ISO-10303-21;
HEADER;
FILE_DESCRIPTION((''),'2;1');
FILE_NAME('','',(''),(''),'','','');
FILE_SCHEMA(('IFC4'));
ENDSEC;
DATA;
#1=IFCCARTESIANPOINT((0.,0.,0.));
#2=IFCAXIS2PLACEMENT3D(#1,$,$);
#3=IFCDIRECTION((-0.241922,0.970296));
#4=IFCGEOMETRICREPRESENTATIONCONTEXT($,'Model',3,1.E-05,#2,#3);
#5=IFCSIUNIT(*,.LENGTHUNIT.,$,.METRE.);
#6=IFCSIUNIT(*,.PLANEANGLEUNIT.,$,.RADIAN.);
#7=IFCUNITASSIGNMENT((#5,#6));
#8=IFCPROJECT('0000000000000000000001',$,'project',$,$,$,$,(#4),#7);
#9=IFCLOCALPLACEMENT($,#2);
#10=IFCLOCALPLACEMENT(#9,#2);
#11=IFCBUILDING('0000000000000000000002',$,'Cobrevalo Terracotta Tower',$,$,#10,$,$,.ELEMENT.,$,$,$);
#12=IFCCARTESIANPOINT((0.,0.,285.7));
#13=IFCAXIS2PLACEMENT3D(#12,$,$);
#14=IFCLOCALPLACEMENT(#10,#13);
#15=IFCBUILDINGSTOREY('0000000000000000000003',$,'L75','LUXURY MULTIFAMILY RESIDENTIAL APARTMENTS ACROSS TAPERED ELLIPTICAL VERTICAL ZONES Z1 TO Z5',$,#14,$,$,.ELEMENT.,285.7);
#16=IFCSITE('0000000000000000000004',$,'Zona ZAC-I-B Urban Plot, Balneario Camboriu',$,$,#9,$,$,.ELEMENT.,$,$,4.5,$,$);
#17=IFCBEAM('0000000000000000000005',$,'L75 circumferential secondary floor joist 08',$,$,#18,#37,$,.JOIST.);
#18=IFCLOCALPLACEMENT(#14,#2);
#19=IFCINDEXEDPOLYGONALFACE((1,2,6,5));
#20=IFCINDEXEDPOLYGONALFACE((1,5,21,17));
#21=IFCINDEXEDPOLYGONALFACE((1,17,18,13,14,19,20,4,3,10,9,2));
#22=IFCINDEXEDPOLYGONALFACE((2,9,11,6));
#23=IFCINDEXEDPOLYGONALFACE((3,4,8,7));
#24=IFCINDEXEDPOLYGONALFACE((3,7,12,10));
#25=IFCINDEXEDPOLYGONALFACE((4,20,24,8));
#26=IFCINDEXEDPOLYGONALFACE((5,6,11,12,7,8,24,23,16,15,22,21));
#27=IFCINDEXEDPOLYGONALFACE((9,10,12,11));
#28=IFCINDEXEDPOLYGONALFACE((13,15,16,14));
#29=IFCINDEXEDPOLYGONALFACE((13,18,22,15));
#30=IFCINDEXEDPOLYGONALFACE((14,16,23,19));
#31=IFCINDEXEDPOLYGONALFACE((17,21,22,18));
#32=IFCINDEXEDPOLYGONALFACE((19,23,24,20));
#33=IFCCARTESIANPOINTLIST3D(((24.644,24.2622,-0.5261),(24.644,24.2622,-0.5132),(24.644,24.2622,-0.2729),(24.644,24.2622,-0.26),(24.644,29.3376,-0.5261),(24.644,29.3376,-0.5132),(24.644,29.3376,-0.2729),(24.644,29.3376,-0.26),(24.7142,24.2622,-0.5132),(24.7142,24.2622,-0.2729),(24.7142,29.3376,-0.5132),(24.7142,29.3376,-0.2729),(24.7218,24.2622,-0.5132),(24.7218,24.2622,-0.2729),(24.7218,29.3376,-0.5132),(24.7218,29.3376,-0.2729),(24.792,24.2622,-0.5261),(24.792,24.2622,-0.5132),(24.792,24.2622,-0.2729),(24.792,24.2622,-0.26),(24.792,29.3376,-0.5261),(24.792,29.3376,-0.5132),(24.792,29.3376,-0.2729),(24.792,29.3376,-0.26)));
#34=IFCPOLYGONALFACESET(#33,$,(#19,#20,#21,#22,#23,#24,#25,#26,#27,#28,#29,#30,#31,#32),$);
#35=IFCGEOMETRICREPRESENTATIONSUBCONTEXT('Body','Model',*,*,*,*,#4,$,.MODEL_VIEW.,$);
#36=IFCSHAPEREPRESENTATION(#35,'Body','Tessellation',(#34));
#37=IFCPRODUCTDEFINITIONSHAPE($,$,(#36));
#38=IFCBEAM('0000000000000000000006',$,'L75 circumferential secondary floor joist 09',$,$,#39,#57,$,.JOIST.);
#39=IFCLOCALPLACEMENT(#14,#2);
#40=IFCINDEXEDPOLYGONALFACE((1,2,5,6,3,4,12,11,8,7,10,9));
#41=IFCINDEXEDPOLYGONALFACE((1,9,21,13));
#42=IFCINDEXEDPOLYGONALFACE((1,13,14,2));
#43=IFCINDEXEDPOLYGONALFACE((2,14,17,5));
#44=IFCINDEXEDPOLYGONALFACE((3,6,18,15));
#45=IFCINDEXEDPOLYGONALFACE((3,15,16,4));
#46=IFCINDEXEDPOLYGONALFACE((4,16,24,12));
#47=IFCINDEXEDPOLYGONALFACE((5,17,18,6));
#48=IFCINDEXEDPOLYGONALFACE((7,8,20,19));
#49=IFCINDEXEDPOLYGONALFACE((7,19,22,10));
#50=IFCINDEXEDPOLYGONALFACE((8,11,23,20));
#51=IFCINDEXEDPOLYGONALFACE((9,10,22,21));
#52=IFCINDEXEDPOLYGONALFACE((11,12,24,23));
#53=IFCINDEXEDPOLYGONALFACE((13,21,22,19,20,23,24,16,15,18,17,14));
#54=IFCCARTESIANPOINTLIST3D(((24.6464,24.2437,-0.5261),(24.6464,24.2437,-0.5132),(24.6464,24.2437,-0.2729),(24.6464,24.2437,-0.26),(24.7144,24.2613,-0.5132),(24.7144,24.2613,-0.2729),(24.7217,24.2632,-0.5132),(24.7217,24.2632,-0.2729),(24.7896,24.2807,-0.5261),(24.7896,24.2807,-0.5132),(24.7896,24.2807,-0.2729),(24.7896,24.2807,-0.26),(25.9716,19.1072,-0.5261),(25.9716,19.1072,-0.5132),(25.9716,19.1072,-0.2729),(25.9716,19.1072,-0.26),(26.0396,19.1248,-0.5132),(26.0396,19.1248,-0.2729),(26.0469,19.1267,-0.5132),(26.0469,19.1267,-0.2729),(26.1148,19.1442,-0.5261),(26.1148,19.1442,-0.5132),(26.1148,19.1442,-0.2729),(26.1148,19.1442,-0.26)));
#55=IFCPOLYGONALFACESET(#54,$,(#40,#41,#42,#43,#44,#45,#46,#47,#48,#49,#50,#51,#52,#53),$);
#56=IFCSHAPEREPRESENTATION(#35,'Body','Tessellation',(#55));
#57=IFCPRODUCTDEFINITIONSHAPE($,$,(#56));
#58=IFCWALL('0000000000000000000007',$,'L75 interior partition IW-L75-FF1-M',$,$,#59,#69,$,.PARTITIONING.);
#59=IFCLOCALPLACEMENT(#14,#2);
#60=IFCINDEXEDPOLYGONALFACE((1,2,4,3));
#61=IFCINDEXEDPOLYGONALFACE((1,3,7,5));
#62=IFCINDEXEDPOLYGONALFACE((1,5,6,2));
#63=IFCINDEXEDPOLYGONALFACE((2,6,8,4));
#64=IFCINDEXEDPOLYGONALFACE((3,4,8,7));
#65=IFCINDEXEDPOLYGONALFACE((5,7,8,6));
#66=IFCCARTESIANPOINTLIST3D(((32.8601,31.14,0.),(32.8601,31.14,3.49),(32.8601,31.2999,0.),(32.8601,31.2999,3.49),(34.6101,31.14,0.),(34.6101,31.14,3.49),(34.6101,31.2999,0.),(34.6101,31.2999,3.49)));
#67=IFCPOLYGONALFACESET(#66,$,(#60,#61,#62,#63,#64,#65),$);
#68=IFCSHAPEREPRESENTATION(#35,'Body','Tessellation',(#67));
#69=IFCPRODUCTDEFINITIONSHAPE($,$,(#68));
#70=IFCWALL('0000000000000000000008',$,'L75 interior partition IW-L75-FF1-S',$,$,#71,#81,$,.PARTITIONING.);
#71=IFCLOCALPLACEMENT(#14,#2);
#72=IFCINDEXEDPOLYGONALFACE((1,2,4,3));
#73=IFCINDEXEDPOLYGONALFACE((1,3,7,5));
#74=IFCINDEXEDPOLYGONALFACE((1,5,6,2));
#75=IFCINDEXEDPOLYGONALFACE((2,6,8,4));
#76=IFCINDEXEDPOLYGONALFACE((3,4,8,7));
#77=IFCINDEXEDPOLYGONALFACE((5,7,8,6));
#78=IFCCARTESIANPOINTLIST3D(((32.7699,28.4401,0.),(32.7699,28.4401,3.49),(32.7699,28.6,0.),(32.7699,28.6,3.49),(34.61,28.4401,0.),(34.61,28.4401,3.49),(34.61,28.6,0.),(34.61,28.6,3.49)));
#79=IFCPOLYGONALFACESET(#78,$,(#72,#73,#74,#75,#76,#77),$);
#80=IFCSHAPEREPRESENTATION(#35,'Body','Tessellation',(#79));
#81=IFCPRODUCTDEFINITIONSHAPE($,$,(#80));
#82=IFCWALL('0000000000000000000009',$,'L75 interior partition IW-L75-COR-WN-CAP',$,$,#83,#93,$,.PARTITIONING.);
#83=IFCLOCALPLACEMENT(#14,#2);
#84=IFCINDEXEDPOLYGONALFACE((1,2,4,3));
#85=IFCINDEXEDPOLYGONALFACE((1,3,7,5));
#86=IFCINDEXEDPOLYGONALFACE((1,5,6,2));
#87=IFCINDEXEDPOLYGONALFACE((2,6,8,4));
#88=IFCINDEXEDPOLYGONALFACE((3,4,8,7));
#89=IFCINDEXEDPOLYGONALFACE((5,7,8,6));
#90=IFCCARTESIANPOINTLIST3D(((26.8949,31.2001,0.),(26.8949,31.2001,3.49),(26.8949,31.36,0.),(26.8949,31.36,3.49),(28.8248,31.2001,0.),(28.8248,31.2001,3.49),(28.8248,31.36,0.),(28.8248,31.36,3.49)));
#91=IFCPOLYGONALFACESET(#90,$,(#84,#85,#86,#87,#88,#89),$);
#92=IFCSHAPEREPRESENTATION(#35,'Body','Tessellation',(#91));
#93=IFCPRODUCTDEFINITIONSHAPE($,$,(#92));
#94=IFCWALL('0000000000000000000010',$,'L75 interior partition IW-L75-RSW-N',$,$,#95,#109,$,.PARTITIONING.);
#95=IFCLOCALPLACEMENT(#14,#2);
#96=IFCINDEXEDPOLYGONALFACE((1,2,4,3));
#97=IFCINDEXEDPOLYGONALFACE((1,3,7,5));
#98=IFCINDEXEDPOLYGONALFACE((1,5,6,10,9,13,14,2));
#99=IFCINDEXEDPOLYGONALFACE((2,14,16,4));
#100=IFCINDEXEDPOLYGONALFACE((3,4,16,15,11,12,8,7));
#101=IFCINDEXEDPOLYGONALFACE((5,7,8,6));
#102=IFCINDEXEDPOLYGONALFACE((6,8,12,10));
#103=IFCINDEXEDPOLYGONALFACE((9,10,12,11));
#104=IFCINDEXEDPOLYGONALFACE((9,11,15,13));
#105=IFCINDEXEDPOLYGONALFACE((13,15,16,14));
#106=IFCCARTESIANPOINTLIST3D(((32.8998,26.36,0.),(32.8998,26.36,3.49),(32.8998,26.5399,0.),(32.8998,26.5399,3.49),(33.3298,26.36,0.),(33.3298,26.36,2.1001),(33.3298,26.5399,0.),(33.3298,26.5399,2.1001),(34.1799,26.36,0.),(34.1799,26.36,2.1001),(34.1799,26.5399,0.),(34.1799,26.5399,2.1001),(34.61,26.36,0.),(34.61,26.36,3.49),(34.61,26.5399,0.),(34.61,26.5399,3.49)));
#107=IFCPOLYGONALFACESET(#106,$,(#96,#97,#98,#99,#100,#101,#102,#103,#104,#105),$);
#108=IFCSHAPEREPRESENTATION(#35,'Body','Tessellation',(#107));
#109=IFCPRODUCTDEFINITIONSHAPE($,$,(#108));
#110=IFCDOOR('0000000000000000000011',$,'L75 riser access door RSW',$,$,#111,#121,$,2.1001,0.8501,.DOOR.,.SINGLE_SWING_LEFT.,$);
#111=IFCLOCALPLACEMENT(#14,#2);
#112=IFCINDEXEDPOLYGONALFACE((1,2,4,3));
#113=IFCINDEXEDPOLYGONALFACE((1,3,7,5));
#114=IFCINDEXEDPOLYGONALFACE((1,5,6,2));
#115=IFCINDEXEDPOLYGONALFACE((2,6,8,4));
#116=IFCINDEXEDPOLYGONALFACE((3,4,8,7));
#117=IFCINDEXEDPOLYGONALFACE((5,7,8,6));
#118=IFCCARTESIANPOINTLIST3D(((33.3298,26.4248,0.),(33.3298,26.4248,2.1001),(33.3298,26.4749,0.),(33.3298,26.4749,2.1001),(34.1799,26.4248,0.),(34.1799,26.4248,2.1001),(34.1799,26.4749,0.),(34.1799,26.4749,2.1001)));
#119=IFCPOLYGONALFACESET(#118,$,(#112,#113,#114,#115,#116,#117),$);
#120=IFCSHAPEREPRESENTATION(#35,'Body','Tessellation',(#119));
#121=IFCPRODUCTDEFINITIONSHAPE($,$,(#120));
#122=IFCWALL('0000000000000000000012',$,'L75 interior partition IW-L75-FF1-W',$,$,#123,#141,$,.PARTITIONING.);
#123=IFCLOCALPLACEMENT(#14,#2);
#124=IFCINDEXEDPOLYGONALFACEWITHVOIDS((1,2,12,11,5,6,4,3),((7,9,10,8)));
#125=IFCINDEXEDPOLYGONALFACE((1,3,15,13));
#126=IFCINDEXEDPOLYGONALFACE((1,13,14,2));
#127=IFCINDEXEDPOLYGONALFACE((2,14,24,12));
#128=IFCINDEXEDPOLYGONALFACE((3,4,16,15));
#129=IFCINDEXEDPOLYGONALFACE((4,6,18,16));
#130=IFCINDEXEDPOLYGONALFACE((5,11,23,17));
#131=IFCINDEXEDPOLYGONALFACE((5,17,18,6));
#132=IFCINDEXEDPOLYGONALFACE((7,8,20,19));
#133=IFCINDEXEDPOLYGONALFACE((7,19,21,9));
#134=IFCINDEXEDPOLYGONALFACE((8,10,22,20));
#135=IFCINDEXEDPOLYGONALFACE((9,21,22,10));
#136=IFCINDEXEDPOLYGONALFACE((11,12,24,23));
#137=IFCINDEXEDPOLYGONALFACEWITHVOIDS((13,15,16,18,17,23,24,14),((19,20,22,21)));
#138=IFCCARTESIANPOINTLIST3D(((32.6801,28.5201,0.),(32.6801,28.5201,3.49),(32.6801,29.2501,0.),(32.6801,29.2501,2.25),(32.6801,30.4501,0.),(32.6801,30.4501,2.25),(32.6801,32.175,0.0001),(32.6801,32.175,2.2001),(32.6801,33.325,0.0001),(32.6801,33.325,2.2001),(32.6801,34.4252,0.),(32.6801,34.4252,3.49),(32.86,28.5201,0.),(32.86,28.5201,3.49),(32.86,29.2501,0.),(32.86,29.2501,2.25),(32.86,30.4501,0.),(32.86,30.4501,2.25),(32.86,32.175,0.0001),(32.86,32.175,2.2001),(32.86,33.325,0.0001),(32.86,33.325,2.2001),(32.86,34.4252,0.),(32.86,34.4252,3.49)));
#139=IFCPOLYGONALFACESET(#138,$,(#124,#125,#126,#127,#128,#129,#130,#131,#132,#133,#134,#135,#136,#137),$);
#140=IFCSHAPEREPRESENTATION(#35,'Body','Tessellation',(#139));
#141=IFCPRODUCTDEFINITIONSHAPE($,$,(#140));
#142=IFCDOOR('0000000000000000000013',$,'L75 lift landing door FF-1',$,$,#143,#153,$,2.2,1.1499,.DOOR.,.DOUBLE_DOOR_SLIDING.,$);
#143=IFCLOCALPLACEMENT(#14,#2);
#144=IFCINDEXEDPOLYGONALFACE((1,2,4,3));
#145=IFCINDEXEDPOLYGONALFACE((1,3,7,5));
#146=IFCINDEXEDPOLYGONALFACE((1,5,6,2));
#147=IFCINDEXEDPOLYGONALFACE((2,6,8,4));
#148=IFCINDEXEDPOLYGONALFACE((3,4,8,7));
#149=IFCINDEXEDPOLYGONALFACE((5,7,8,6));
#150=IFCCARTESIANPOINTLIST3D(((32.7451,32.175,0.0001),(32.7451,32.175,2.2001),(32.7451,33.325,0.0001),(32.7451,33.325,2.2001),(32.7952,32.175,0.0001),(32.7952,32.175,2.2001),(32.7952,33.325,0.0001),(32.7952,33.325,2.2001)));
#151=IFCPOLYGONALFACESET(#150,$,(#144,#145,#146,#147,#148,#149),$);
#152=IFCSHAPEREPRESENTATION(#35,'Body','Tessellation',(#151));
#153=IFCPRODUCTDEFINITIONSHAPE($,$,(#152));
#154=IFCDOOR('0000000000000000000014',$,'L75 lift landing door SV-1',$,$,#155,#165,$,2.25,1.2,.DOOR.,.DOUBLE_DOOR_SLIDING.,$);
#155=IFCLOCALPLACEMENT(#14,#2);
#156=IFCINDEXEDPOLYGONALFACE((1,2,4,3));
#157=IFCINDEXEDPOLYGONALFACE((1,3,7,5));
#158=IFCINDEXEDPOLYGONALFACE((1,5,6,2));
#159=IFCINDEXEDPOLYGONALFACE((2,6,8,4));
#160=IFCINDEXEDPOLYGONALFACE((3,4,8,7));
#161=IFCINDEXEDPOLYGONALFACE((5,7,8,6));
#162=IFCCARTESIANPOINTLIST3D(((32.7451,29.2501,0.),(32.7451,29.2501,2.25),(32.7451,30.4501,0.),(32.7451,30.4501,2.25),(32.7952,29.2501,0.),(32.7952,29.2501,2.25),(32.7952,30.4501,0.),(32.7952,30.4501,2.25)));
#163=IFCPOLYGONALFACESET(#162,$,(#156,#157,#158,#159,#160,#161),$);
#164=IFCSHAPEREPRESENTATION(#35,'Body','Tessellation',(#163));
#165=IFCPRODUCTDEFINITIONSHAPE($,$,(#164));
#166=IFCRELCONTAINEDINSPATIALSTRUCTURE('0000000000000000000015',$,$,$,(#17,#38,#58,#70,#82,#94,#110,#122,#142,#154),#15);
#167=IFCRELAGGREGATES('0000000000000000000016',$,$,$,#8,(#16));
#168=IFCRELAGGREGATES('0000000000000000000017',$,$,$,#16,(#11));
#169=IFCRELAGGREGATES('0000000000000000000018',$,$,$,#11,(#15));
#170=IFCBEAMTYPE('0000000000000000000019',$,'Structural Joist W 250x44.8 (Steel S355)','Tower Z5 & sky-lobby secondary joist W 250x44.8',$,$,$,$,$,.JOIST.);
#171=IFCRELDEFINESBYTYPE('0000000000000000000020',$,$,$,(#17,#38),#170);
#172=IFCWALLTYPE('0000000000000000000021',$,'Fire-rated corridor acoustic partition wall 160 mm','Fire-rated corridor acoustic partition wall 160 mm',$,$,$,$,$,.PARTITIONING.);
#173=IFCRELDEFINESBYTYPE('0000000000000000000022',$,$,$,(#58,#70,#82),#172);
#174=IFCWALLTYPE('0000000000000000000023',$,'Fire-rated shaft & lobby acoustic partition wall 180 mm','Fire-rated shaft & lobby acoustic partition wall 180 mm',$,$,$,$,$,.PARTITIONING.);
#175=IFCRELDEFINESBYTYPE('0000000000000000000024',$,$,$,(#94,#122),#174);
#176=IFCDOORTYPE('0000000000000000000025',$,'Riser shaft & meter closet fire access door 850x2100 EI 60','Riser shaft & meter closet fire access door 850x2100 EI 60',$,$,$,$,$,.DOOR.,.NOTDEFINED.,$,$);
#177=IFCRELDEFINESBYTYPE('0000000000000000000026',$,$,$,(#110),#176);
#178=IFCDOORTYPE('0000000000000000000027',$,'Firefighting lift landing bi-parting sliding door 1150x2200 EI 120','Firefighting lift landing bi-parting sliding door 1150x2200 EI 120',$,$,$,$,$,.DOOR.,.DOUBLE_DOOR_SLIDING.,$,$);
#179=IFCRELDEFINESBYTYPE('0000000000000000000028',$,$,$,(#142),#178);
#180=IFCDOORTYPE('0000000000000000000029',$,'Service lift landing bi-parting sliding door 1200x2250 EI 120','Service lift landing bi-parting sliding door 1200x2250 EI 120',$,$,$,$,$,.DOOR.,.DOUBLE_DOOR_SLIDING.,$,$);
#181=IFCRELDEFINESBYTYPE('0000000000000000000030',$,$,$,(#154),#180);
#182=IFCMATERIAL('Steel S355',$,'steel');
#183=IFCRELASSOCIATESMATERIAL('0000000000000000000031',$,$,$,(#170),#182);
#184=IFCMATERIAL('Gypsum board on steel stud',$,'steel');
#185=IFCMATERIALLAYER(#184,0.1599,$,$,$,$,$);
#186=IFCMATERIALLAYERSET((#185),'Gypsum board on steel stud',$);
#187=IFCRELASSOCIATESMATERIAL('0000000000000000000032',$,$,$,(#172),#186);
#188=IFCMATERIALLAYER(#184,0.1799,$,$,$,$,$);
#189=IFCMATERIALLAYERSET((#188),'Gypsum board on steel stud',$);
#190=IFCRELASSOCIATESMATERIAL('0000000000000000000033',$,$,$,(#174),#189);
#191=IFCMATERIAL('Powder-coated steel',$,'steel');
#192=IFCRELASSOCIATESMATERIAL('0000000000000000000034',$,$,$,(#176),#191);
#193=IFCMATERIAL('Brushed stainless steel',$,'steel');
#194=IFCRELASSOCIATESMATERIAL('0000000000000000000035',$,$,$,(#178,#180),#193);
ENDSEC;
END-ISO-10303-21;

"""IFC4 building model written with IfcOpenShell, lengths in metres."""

from ifc_helpers import new_model, si_unit, direction, frame, frame_2d, origin, origin_2d, place, context, subcontext, project, spatial, rectangle, i_section, extrude, source, transform, mapped, material, layer, layer_set, material_profile, profile_set, type_object, element, fill, save


model = new_model("IFC4")

# Units and contexts
model_context = context("Model", 3, precision=1e-05, world=origin(), true_north=direction((-0.241922, 0.970296)))
body_context = subcontext(model_context, "Body", "Model", "MODEL_VIEW")
ifc_project = project(units=[si_unit("LENGTHUNIT", "METRE"), si_unit("PLANEANGLEUNIT", "RADIAN")], contexts=[model_context])

# Site, building, storey
site_placement = place(None, origin())
site = spatial("IfcSite", under=ifc_project, at=site_placement, Name="Zona ZAC-I-B Urban Plot, Balneario Camboriu", CompositionType="ELEMENT", RefElevation=4.5)
building_placement = place(site_placement, origin())
building = spatial("IfcBuilding", under=site, at=building_placement, Name="Cobrevalo Terracotta Tower", CompositionType="ELEMENT")
storey_placement = place(building_placement, frame((0.0, 0.0, 285.7)))
storey = spatial("IfcBuildingStorey", under=building, at=storey_placement, Name="L75", Description="LUXURY MULTIFAMILY RESIDENTIAL APARTMENTS ACROSS TAPERED ELLIPTICAL VERTICAL ZONES Z1 TO Z5", CompositionType="ELEMENT", Elevation=285.7)

# Beams
ifc_material_1 = material(Name="Steel S355", Category="steel")
ifc_material_profile = material_profile(ifc_material_1, i_section(OverallWidth=0.1479, OverallDepth=0.2661, WebThickness=0.0076, FlangeThickness=0.0129, at=origin_2d()), Name="W 250x44.8")
ifc_profile_set = profile_set([ifc_material_profile], Name="Steel S355")
beam_type = type_object("IfcBeamType", Name="Structural Joist W 250x44.8 (Steel S355)", Description="Tower Z5 & sky-lobby secondary joist W 250x44.8", PredefinedType="JOIST", material=ifc_profile_set)
beam_1_placement = place(storey_placement, frame((24.718, 29.3376, -0.3931), z_axis=(0.0, -1.0, 0.0), x_axis=(1.0, 0.0, 0.0)))
element("IfcBeam", 1, at=beam_1_placement, inside=storey, type_object=beam_type, Name="L75 circumferential secondary floor joist 08", PredefinedType="JOIST", context=body_context, shape_type="SweptSolid", body=[
    extrude(i_section(OverallWidth=0.1479, OverallDepth=0.2661, WebThickness=0.0076, FlangeThickness=0.0129, at=origin_2d()), origin(), (0.0, 0.0, 1.0), 5.0754),
])
beam_2_placement = place(storey_placement, frame((24.718, 24.2622, -0.3931), z_axis=(0.249817, -0.968293, 0.0), x_axis=(0.968293, 0.249817, 0.0)))
element("IfcBeam", 2, at=beam_2_placement, inside=storey, type_object=beam_type, Name="L75 circumferential secondary floor joist 09", PredefinedType="JOIST", context=body_context, shape_type="SweptSolid", body=[
    extrude(i_section(OverallWidth=0.1479, OverallDepth=0.2661, WebThickness=0.0076, FlangeThickness=0.0129, at=origin_2d()), origin(), (0.0, 0.0, 1.0), 5.3047),
])

# Walls
ifc_material_2 = material(Name="Gypsum board on steel stud", Category="steel")
ifc_layer_1 = layer(ifc_material_2, 0.1599)
ifc_layer_set_1 = layer_set([ifc_layer_1], Name="Gypsum board on steel stud")
wall_type_1 = type_object("IfcWallType", Name="Fire-rated corridor acoustic partition wall 160 mm", Description="Fire-rated corridor acoustic partition wall 160 mm", PredefinedType="PARTITIONING", material=ifc_layer_set_1)
wall_1_placement = place(storey_placement, frame((32.8601, 31.22, 0.0), z_axis=(0.0, 0.0, 1.0), x_axis=(1.0, 0.0, 0.0)))
element("IfcWall", 3, at=wall_1_placement, inside=storey, type_object=wall_type_1, Name="L75 interior partition IW-L75-FF1-M", PredefinedType="PARTITIONING", context=body_context, shape_type="SweptSolid", body=[
    extrude(rectangle(XDim=1.75, YDim=0.1599, at=frame_2d((0.875, 0.0))), origin(), (0.0, 0.0, 1.0), 3.49),
])
wall_2_placement = place(storey_placement, frame((32.77, 28.52, 0.0), z_axis=(0.0, 0.0, 1.0), x_axis=(1.0, 0.0, 0.0)))
element("IfcWall", 4, at=wall_2_placement, inside=storey, type_object=wall_type_1, Name="L75 interior partition IW-L75-FF1-S", PredefinedType="PARTITIONING", context=body_context, shape_type="SweptSolid", body=[
    extrude(rectangle(XDim=1.8401, YDim=0.1599, at=frame_2d((0.9199, 0.0))), origin(), (0.0, 0.0, 1.0), 3.49),
])
wall_3_placement = place(storey_placement, frame((26.895, 31.28, 0.0), z_axis=(0.0, 0.0, 1.0), x_axis=(1.0, 0.0, 0.0)))
element("IfcWall", 5, at=wall_3_placement, inside=storey, type_object=wall_type_1, Name="L75 interior partition IW-L75-COR-WN-CAP", PredefinedType="PARTITIONING", context=body_context, shape_type="SweptSolid", body=[
    extrude(rectangle(XDim=1.9299, YDim=0.1599, at=frame_2d((0.9648, 0.0))), origin(), (0.0, 0.0, 1.0), 3.49),
])

# Wall, opening, door
ifc_layer_2 = layer(ifc_material_2, 0.1799)
ifc_layer_set_2 = layer_set([ifc_layer_2], Name="Gypsum board on steel stud")
wall_type_2 = type_object("IfcWallType", Name="Fire-rated shaft & lobby acoustic partition wall 180 mm", Description="Fire-rated shaft & lobby acoustic partition wall 180 mm", PredefinedType="PARTITIONING", material=ifc_layer_set_2)
wall_4_placement = place(storey_placement, frame((32.8999, 26.45, 0.0), z_axis=(0.0, 0.0, 1.0), x_axis=(1.0, 0.0, 0.0)))
wall_4 = element("IfcWall", 6, at=wall_4_placement, inside=storey, type_object=wall_type_2, Name="L75 interior partition IW-L75-RSW-N", PredefinedType="PARTITIONING", context=body_context, shape_type="SweptSolid", body=[
    extrude(rectangle(XDim=1.7102, YDim=0.1799, at=frame_2d((0.855, 0.0))), origin(), (0.0, 0.0, 1.0), 3.49),
])
opening_1_placement = place(wall_4_placement, frame((0.4299, 0.0, 0.0)))
opening_1 = element("IfcOpeningElement", 7, at=opening_1_placement, cuts=wall_4, PredefinedType="OPENING", context=body_context, shape_type="SweptSolid", body=[
    extrude(rectangle(XDim=0.8501, YDim=2.1001, at=frame_2d((0.425, 1.05))), frame((0.0, 0.1001, 0.0), z_axis=(0.0, -1.0, 0.0), x_axis=(1.0, 0.0, 0.0)), (0.0, 0.0, 1.0), 0.2),
])
ifc_material_3 = material(Name="Powder-coated steel", Category="steel")
door_type_1 = type_object("IfcDoorType", Name="Riser shaft & meter closet fire access door 850x2100 EI 60", Description="Riser shaft & meter closet fire access door 850x2100 EI 60", OperationType="NOTDEFINED", PredefinedType="DOOR", material=ifc_material_3)
shared_shape_1 = source(origin(), body_context, "Body", "SweptSolid", [
    extrude(rectangle(XDim=0.8501, YDim=2.1001, at=frame_2d((0.425, 1.05))), frame((0.0, 0.0249, 0.0), z_axis=(0.0, -1.0, 0.0), x_axis=(1.0, 0.0, 0.0)), (0.0, 0.0, 1.0), 0.05),
])
door_1_placement = place(opening_1_placement, origin())
door_1 = element("IfcDoor", 8, at=door_1_placement, inside=storey, type_object=door_type_1, Name="L75 riser access door RSW", OperationType="SINGLE_SWING_LEFT", OverallHeight=2.1001, OverallWidth=0.8501, PredefinedType="DOOR", context=body_context, shape_type="MappedRepresentation", body=[
    mapped(shared_shape_1, transform((0.0, 0.0, 0.0), scale=1.0)),
])
fill(opening_1, door_1)

# Wall, openings, doors
wall_5_placement = place(storey_placement, frame((32.77, 28.52, 0.0), z_axis=(0.0, 0.0, 1.0), x_axis=(0.0, 1.0, 0.0)))
wall_5 = element("IfcWall", 9, at=wall_5_placement, inside=storey, type_object=wall_type_2, Name="L75 interior partition IW-L75-FF1-W", PredefinedType="PARTITIONING", context=body_context, shape_type="SweptSolid", body=[
    extrude(rectangle(XDim=5.905, YDim=0.1799, at=frame_2d((2.9526, 0.0))), origin(), (0.0, 0.0, 1.0), 3.49),
])
opening_2_placement = place(wall_5_placement, frame((3.655, 0.0, 0.0)))
opening_2 = element("IfcOpeningElement", 10, at=opening_2_placement, cuts=wall_5, PredefinedType="OPENING", context=body_context, shape_type="SweptSolid", body=[
    extrude(rectangle(XDim=1.1499, YDim=2.2, at=frame_2d((0.575, 1.1001))), frame((0.0, 0.1001, 0.0), z_axis=(0.0, -1.0, 0.0), x_axis=(1.0, 0.0, 0.0)), (0.0, 0.0, 1.0), 0.2),
])
opening_3_placement = place(wall_5_placement, frame((0.73, 0.0, 0.0)))
opening_3 = element("IfcOpeningElement", 11, at=opening_3_placement, cuts=wall_5, PredefinedType="OPENING", context=body_context, shape_type="SweptSolid", body=[
    extrude(rectangle(XDim=1.2, YDim=2.25, at=frame_2d((0.6001, 1.125))), frame((0.0, 0.1001, 0.0), z_axis=(0.0, -1.0, 0.0), x_axis=(1.0, 0.0, 0.0)), (0.0, 0.0, 1.0), 0.2),
])
ifc_material_4 = material(Name="Brushed stainless steel", Category="steel")
door_type_2 = type_object("IfcDoorType", Name="Firefighting lift landing bi-parting sliding door 1150x2200 EI 120", Description="Firefighting lift landing bi-parting sliding door 1150x2200 EI 120", OperationType="DOUBLE_DOOR_SLIDING", PredefinedType="DOOR", material=ifc_material_4)
shared_shape_2 = source(origin(), body_context, "Body", "SweptSolid", [
    extrude(rectangle(XDim=1.1499, YDim=2.2, at=frame_2d((0.575, 1.1001))), frame((0.0, 0.0249, 0.0), z_axis=(0.0, -1.0, 0.0), x_axis=(1.0, 0.0, 0.0)), (0.0, 0.0, 1.0), 0.05),
])
door_2_placement = place(opening_2_placement, origin())
door_2 = element("IfcDoor", 12, at=door_2_placement, inside=storey, type_object=door_type_2, Name="L75 lift landing door FF-1", OperationType="DOUBLE_DOOR_SLIDING", OverallHeight=2.2, OverallWidth=1.1499, PredefinedType="DOOR", context=body_context, shape_type="MappedRepresentation", body=[
    mapped(shared_shape_2, transform((0.0, 0.0, 0.0), scale=1.0)),
])
fill(opening_2, door_2)
door_type_3 = type_object("IfcDoorType", Name="Service lift landing bi-parting sliding door 1200x2250 EI 120", Description="Service lift landing bi-parting sliding door 1200x2250 EI 120", OperationType="DOUBLE_DOOR_SLIDING", PredefinedType="DOOR", material=ifc_material_4)
shared_shape_3 = source(origin(), body_context, "Body", "SweptSolid", [
    extrude(rectangle(XDim=1.2, YDim=2.25, at=frame_2d((0.6001, 1.125))), frame((0.0, 0.0249, 0.0), z_axis=(0.0, -1.0, 0.0), x_axis=(1.0, 0.0, 0.0)), (0.0, 0.0, 1.0), 0.05),
])
door_3_placement = place(opening_3_placement, origin())
door_3 = element("IfcDoor", 13, at=door_3_placement, inside=storey, type_object=door_type_3, Name="L75 lift landing door SV-1", OperationType="DOUBLE_DOOR_SLIDING", OverallHeight=2.25, OverallWidth=1.2, PredefinedType="DOOR", context=body_context, shape_type="MappedRepresentation", body=[
    mapped(shared_shape_3, transform((0.0, 0.0, 0.0), scale=1.0)),
])
fill(opening_3, door_3)

save(model, "model.ifc")
